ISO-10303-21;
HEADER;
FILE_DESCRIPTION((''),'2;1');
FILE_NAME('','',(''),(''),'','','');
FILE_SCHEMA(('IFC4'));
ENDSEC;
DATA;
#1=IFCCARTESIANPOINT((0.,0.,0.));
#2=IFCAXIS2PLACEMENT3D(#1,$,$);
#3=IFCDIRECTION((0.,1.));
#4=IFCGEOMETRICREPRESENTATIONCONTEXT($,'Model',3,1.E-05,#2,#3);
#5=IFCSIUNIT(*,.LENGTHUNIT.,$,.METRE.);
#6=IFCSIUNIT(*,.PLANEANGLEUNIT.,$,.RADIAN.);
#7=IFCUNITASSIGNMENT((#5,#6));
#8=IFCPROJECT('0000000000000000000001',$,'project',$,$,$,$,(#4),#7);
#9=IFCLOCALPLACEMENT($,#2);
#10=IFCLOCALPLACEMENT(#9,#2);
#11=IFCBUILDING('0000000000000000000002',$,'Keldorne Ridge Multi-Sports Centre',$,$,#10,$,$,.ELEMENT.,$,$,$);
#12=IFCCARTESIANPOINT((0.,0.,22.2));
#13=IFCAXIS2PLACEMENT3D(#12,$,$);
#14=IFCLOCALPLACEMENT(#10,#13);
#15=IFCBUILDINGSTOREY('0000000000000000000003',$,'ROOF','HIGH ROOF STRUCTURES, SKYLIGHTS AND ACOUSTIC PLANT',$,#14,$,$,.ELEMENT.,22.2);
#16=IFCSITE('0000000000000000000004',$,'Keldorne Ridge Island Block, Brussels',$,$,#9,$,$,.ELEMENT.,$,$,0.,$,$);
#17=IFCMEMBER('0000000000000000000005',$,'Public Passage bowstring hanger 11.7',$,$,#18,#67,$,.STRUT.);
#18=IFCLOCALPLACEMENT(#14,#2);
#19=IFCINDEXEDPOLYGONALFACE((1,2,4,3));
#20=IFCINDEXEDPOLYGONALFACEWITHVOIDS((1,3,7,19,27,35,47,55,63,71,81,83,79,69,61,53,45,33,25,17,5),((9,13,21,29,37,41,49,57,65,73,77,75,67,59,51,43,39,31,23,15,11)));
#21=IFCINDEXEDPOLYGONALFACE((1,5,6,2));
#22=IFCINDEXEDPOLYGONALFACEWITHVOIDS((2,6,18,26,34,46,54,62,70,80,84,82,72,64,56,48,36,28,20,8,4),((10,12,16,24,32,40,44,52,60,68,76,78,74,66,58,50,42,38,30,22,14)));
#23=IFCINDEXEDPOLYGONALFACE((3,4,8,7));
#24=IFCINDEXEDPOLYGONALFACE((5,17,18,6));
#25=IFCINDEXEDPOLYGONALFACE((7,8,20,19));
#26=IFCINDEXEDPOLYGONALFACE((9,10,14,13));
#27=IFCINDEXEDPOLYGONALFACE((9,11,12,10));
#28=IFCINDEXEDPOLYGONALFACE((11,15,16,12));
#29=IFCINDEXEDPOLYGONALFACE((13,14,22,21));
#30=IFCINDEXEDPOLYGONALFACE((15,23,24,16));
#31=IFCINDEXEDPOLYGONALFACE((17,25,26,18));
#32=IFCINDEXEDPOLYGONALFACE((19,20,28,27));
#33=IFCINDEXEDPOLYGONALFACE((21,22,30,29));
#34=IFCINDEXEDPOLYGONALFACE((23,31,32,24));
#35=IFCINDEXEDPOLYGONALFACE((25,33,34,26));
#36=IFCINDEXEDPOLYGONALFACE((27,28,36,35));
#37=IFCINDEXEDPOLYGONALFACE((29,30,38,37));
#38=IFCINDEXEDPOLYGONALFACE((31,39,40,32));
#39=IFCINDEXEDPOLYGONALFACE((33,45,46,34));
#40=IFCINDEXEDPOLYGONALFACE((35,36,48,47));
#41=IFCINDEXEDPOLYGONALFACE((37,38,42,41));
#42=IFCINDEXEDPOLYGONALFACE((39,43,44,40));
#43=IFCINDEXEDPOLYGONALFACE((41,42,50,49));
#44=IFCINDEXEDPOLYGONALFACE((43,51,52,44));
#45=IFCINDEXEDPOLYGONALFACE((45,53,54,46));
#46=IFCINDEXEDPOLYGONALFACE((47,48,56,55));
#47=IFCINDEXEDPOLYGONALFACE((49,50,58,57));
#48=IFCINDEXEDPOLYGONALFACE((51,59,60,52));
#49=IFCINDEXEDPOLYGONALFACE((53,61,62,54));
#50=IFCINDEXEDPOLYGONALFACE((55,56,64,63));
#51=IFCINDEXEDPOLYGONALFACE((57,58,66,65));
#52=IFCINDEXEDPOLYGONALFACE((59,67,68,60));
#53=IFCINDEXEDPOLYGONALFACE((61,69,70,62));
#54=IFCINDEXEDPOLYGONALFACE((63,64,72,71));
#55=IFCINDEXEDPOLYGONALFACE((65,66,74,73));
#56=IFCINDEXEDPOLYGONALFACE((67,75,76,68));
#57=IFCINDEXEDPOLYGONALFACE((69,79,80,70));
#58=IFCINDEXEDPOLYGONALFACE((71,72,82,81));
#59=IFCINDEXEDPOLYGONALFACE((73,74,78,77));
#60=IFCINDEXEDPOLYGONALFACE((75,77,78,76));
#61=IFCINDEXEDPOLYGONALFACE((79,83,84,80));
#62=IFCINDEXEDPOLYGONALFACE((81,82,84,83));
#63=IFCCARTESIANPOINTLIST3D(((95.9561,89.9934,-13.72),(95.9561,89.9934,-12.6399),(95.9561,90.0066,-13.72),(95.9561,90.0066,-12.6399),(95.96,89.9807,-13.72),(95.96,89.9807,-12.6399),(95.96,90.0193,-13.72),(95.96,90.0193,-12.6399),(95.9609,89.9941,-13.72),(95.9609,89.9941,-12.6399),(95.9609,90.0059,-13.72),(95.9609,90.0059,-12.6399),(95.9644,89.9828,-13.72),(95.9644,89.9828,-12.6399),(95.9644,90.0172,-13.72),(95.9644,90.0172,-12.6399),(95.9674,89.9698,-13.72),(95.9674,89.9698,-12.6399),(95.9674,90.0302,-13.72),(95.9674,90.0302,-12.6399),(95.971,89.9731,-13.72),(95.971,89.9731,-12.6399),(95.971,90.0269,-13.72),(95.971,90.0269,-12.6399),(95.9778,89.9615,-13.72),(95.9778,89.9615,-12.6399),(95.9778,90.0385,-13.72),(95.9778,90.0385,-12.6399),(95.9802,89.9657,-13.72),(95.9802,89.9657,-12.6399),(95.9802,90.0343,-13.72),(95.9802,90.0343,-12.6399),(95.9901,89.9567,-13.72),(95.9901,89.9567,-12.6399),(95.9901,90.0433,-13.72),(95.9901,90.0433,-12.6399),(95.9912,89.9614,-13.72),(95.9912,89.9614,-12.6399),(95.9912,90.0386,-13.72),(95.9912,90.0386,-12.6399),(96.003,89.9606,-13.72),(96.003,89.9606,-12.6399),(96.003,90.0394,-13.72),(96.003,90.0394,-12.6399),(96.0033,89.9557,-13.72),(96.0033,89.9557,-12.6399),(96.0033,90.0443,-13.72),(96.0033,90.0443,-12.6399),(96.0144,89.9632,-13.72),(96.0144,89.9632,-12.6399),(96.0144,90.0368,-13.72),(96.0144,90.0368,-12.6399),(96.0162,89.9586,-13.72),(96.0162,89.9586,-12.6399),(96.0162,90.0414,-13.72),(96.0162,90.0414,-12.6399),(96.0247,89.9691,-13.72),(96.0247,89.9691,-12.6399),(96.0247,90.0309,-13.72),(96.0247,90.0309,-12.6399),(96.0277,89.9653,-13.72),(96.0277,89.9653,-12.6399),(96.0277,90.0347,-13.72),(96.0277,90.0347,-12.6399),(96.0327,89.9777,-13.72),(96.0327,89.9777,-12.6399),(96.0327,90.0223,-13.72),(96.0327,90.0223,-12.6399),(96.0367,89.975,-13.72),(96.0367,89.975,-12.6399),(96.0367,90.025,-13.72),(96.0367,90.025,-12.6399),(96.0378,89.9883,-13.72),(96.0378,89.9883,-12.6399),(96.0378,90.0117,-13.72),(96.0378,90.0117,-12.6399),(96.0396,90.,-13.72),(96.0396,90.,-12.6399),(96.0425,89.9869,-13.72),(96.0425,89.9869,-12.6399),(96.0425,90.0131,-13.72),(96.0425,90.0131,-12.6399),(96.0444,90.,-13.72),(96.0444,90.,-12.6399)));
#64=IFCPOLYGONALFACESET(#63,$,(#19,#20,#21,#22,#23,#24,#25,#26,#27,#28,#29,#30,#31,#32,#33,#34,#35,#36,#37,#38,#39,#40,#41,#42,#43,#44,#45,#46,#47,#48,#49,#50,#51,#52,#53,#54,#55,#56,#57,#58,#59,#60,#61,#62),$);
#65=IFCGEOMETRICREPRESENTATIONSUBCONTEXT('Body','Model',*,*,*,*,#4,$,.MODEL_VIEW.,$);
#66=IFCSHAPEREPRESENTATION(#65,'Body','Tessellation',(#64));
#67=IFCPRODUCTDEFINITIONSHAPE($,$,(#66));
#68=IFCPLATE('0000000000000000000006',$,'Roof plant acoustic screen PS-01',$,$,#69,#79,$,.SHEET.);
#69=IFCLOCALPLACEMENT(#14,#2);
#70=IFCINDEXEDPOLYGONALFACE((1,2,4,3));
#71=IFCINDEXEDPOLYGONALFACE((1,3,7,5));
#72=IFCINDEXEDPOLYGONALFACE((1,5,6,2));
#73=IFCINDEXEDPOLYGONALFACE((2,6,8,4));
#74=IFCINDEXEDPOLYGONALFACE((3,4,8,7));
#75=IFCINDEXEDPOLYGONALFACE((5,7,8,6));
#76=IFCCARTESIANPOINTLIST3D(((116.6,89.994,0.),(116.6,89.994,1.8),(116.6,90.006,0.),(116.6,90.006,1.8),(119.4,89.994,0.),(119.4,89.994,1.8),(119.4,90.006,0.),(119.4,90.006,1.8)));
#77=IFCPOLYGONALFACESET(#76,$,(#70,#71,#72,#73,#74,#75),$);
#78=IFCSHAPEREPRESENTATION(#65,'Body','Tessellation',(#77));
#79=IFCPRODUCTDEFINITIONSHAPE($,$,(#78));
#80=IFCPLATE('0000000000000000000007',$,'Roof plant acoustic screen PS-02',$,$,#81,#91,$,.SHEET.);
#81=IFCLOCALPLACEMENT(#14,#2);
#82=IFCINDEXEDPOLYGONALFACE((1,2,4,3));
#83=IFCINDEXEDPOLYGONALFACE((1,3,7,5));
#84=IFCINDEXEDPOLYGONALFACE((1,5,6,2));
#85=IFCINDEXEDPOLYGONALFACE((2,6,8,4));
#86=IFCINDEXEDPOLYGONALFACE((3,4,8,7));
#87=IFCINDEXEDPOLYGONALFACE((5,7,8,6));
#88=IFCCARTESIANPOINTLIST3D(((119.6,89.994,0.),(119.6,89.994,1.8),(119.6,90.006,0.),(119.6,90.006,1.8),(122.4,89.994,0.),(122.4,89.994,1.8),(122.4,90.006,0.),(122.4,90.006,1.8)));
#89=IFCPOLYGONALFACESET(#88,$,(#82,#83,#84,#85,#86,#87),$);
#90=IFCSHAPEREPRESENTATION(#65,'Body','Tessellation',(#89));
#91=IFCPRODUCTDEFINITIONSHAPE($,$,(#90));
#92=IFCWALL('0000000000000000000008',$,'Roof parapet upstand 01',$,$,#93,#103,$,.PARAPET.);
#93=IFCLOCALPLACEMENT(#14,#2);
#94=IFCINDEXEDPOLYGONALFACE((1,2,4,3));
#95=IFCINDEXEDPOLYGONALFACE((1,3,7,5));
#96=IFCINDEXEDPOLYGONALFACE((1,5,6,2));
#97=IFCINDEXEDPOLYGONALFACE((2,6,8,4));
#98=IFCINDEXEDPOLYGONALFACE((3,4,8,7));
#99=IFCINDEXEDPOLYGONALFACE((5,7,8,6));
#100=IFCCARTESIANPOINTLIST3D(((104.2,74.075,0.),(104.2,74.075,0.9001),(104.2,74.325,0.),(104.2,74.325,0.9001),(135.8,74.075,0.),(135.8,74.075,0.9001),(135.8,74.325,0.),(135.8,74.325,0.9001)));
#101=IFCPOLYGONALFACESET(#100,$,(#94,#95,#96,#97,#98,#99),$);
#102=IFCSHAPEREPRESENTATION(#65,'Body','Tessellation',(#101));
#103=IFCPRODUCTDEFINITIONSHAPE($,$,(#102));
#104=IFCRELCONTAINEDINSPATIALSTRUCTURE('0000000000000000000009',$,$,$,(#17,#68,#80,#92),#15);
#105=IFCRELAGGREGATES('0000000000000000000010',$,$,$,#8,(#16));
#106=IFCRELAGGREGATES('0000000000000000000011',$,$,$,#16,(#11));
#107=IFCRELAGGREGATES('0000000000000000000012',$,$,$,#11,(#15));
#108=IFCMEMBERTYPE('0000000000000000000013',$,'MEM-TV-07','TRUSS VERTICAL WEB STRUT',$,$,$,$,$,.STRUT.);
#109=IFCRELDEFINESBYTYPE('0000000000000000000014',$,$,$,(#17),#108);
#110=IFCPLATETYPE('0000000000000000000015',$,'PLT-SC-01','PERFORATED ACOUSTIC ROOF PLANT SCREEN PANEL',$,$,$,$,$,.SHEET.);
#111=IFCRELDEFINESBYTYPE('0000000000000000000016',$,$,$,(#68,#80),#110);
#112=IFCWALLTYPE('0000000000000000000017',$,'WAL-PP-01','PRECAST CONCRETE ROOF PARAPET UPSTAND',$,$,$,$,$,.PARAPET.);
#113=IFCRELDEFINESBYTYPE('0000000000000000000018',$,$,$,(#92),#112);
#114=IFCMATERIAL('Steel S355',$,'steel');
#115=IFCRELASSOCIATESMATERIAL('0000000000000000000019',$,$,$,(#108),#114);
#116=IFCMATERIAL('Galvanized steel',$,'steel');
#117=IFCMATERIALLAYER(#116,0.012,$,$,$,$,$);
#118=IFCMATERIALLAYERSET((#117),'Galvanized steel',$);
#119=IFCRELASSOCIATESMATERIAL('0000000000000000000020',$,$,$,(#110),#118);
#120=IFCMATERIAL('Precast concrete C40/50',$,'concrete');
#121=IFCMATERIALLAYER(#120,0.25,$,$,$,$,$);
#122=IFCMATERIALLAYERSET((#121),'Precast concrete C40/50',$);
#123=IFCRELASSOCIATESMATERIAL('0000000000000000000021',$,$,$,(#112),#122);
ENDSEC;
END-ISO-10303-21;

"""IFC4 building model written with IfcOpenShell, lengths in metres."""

from ifc_helpers import new_model, si_unit, direction, frame, frame_2d, origin, origin_2d, place, context, subcontext, project, spatial, rectangle, hollow_circle, extrude, material, layer, layer_set, material_profile, profile_set, type_object, element, save


model = new_model("IFC4")

# Units and contexts
model_context = context("Model", 3, precision=1e-05, world=origin(), true_north=direction((0.0, 1.0)))
body_context = subcontext(model_context, "Body", "Model", "MODEL_VIEW")
ifc_project = project(units=[si_unit("LENGTHUNIT", "METRE"), si_unit("PLANEANGLEUNIT", "RADIAN")], contexts=[model_context])

# Site, building, storey
site_placement = place(None, origin())
site = spatial("IfcSite", under=ifc_project, at=site_placement, Name="Keldorne Ridge Island Block, Brussels", CompositionType="ELEMENT", RefElevation=0.0)
building_placement = place(site_placement, origin())
building = spatial("IfcBuilding", under=site, at=building_placement, Name="Keldorne Ridge Multi-Sports Centre", CompositionType="ELEMENT")
storey_placement = place(building_placement, frame((0.0, 0.0, 22.2)))
storey = spatial("IfcBuildingStorey", under=building, at=storey_placement, Name="ROOF", Description="HIGH ROOF STRUCTURES, SKYLIGHTS AND ACOUSTIC PLANT", CompositionType="ELEMENT", Elevation=22.2)

# Shared definitions
ifc_material_1 = material(Name="Steel S355", Category="steel")

# Member
ifc_material_profile_1 = material_profile(ifc_material_1, hollow_circle(Radius=0.0444, WallThickness=0.0049, at=origin_2d()), Name="CHS 88.9x5")
ifc_profile_set_1 = profile_set([ifc_material_profile_1], Name="Steel S355")
member_type_1 = type_object("IfcMemberType", Name="MEM-TV-07", Description="TRUSS VERTICAL WEB STRUT", PredefinedType="STRUT", material=ifc_profile_set_1)
member_1_placement = place(storey_placement, frame((96.0, 90.0, -13.72), z_axis=(0.0, 0.0, 1.0), x_axis=(1.0, 0.0, 0.0)))
element("IfcMember", 1, at=member_1_placement, inside=storey, type_object=member_type_1, Name="Public Passage bowstring hanger 11.7", PredefinedType="STRUT", context=body_context, shape_type="SweptSolid", body=[
    extrude(hollow_circle(Radius=0.0444, WallThickness=0.0049, at=origin_2d()), origin(), (0.0, 0.0, 1.0), 1.0801),
])

# Plates
ifc_material_2 = material(Name="Galvanized steel", Category="steel")
ifc_layer_1 = layer(ifc_material_2, 0.012)
ifc_layer_set_1 = layer_set([ifc_layer_1], Name="Galvanized steel")
plate_type = type_object("IfcPlateType", Name="PLT-SC-01", Description="PERFORATED ACOUSTIC ROOF PLANT SCREEN PANEL", PredefinedType="SHEET", material=ifc_layer_set_1)
for number, where, z_axis, x_axis, name in (
    (2, (118.0, 90.0, 0.0), (0.0, 0.0, 1.0), (1.0, 0.0, 0.0), "Roof plant acoustic screen PS-01"),
    (3, (121.0, 90.0, 0.0), (0.0, 0.0, 1.0), (1.0, 0.0, 0.0), "Roof plant acoustic screen PS-02"),
):
    element("IfcPlate", number, at=place(storey_placement, frame(where, z_axis=z_axis, x_axis=x_axis)), inside=storey, type_object=plate_type, Name=name, PredefinedType="SHEET", context=body_context, shape_type="SweptSolid", body=[
        extrude(rectangle(XDim=2.8, YDim=0.012, at=origin_2d()), origin(), (0.0, 0.0, 1.0), 1.8),
    ])

# Wall
ifc_material_3 = material(Name="Precast concrete C40/50", Category="concrete")
ifc_layer_2 = layer(ifc_material_3, 0.25)
ifc_layer_set_2 = layer_set([ifc_layer_2], Name="Precast concrete C40/50")
wall_type = type_object("IfcWallType", Name="WAL-PP-01", Description="PRECAST CONCRETE ROOF PARAPET UPSTAND", PredefinedType="PARAPET", material=ifc_layer_set_2)
wall_placement = place(storey_placement, frame((104.2, 74.2, 0.0), z_axis=(0.0, 0.0, 1.0), x_axis=(1.0, 0.0, 0.0)))
element("IfcWall", 4, at=wall_placement, inside=storey, type_object=wall_type, Name="Roof parapet upstand 01", PredefinedType="PARAPET", context=body_context, shape_type="SweptSolid", body=[
    extrude(rectangle(XDim=31.6001, YDim=0.25, at=frame_2d((15.8, 0.0))), origin(), (0.0, 0.0, 1.0), 0.9001),
])

save(model, "model.ifc")
